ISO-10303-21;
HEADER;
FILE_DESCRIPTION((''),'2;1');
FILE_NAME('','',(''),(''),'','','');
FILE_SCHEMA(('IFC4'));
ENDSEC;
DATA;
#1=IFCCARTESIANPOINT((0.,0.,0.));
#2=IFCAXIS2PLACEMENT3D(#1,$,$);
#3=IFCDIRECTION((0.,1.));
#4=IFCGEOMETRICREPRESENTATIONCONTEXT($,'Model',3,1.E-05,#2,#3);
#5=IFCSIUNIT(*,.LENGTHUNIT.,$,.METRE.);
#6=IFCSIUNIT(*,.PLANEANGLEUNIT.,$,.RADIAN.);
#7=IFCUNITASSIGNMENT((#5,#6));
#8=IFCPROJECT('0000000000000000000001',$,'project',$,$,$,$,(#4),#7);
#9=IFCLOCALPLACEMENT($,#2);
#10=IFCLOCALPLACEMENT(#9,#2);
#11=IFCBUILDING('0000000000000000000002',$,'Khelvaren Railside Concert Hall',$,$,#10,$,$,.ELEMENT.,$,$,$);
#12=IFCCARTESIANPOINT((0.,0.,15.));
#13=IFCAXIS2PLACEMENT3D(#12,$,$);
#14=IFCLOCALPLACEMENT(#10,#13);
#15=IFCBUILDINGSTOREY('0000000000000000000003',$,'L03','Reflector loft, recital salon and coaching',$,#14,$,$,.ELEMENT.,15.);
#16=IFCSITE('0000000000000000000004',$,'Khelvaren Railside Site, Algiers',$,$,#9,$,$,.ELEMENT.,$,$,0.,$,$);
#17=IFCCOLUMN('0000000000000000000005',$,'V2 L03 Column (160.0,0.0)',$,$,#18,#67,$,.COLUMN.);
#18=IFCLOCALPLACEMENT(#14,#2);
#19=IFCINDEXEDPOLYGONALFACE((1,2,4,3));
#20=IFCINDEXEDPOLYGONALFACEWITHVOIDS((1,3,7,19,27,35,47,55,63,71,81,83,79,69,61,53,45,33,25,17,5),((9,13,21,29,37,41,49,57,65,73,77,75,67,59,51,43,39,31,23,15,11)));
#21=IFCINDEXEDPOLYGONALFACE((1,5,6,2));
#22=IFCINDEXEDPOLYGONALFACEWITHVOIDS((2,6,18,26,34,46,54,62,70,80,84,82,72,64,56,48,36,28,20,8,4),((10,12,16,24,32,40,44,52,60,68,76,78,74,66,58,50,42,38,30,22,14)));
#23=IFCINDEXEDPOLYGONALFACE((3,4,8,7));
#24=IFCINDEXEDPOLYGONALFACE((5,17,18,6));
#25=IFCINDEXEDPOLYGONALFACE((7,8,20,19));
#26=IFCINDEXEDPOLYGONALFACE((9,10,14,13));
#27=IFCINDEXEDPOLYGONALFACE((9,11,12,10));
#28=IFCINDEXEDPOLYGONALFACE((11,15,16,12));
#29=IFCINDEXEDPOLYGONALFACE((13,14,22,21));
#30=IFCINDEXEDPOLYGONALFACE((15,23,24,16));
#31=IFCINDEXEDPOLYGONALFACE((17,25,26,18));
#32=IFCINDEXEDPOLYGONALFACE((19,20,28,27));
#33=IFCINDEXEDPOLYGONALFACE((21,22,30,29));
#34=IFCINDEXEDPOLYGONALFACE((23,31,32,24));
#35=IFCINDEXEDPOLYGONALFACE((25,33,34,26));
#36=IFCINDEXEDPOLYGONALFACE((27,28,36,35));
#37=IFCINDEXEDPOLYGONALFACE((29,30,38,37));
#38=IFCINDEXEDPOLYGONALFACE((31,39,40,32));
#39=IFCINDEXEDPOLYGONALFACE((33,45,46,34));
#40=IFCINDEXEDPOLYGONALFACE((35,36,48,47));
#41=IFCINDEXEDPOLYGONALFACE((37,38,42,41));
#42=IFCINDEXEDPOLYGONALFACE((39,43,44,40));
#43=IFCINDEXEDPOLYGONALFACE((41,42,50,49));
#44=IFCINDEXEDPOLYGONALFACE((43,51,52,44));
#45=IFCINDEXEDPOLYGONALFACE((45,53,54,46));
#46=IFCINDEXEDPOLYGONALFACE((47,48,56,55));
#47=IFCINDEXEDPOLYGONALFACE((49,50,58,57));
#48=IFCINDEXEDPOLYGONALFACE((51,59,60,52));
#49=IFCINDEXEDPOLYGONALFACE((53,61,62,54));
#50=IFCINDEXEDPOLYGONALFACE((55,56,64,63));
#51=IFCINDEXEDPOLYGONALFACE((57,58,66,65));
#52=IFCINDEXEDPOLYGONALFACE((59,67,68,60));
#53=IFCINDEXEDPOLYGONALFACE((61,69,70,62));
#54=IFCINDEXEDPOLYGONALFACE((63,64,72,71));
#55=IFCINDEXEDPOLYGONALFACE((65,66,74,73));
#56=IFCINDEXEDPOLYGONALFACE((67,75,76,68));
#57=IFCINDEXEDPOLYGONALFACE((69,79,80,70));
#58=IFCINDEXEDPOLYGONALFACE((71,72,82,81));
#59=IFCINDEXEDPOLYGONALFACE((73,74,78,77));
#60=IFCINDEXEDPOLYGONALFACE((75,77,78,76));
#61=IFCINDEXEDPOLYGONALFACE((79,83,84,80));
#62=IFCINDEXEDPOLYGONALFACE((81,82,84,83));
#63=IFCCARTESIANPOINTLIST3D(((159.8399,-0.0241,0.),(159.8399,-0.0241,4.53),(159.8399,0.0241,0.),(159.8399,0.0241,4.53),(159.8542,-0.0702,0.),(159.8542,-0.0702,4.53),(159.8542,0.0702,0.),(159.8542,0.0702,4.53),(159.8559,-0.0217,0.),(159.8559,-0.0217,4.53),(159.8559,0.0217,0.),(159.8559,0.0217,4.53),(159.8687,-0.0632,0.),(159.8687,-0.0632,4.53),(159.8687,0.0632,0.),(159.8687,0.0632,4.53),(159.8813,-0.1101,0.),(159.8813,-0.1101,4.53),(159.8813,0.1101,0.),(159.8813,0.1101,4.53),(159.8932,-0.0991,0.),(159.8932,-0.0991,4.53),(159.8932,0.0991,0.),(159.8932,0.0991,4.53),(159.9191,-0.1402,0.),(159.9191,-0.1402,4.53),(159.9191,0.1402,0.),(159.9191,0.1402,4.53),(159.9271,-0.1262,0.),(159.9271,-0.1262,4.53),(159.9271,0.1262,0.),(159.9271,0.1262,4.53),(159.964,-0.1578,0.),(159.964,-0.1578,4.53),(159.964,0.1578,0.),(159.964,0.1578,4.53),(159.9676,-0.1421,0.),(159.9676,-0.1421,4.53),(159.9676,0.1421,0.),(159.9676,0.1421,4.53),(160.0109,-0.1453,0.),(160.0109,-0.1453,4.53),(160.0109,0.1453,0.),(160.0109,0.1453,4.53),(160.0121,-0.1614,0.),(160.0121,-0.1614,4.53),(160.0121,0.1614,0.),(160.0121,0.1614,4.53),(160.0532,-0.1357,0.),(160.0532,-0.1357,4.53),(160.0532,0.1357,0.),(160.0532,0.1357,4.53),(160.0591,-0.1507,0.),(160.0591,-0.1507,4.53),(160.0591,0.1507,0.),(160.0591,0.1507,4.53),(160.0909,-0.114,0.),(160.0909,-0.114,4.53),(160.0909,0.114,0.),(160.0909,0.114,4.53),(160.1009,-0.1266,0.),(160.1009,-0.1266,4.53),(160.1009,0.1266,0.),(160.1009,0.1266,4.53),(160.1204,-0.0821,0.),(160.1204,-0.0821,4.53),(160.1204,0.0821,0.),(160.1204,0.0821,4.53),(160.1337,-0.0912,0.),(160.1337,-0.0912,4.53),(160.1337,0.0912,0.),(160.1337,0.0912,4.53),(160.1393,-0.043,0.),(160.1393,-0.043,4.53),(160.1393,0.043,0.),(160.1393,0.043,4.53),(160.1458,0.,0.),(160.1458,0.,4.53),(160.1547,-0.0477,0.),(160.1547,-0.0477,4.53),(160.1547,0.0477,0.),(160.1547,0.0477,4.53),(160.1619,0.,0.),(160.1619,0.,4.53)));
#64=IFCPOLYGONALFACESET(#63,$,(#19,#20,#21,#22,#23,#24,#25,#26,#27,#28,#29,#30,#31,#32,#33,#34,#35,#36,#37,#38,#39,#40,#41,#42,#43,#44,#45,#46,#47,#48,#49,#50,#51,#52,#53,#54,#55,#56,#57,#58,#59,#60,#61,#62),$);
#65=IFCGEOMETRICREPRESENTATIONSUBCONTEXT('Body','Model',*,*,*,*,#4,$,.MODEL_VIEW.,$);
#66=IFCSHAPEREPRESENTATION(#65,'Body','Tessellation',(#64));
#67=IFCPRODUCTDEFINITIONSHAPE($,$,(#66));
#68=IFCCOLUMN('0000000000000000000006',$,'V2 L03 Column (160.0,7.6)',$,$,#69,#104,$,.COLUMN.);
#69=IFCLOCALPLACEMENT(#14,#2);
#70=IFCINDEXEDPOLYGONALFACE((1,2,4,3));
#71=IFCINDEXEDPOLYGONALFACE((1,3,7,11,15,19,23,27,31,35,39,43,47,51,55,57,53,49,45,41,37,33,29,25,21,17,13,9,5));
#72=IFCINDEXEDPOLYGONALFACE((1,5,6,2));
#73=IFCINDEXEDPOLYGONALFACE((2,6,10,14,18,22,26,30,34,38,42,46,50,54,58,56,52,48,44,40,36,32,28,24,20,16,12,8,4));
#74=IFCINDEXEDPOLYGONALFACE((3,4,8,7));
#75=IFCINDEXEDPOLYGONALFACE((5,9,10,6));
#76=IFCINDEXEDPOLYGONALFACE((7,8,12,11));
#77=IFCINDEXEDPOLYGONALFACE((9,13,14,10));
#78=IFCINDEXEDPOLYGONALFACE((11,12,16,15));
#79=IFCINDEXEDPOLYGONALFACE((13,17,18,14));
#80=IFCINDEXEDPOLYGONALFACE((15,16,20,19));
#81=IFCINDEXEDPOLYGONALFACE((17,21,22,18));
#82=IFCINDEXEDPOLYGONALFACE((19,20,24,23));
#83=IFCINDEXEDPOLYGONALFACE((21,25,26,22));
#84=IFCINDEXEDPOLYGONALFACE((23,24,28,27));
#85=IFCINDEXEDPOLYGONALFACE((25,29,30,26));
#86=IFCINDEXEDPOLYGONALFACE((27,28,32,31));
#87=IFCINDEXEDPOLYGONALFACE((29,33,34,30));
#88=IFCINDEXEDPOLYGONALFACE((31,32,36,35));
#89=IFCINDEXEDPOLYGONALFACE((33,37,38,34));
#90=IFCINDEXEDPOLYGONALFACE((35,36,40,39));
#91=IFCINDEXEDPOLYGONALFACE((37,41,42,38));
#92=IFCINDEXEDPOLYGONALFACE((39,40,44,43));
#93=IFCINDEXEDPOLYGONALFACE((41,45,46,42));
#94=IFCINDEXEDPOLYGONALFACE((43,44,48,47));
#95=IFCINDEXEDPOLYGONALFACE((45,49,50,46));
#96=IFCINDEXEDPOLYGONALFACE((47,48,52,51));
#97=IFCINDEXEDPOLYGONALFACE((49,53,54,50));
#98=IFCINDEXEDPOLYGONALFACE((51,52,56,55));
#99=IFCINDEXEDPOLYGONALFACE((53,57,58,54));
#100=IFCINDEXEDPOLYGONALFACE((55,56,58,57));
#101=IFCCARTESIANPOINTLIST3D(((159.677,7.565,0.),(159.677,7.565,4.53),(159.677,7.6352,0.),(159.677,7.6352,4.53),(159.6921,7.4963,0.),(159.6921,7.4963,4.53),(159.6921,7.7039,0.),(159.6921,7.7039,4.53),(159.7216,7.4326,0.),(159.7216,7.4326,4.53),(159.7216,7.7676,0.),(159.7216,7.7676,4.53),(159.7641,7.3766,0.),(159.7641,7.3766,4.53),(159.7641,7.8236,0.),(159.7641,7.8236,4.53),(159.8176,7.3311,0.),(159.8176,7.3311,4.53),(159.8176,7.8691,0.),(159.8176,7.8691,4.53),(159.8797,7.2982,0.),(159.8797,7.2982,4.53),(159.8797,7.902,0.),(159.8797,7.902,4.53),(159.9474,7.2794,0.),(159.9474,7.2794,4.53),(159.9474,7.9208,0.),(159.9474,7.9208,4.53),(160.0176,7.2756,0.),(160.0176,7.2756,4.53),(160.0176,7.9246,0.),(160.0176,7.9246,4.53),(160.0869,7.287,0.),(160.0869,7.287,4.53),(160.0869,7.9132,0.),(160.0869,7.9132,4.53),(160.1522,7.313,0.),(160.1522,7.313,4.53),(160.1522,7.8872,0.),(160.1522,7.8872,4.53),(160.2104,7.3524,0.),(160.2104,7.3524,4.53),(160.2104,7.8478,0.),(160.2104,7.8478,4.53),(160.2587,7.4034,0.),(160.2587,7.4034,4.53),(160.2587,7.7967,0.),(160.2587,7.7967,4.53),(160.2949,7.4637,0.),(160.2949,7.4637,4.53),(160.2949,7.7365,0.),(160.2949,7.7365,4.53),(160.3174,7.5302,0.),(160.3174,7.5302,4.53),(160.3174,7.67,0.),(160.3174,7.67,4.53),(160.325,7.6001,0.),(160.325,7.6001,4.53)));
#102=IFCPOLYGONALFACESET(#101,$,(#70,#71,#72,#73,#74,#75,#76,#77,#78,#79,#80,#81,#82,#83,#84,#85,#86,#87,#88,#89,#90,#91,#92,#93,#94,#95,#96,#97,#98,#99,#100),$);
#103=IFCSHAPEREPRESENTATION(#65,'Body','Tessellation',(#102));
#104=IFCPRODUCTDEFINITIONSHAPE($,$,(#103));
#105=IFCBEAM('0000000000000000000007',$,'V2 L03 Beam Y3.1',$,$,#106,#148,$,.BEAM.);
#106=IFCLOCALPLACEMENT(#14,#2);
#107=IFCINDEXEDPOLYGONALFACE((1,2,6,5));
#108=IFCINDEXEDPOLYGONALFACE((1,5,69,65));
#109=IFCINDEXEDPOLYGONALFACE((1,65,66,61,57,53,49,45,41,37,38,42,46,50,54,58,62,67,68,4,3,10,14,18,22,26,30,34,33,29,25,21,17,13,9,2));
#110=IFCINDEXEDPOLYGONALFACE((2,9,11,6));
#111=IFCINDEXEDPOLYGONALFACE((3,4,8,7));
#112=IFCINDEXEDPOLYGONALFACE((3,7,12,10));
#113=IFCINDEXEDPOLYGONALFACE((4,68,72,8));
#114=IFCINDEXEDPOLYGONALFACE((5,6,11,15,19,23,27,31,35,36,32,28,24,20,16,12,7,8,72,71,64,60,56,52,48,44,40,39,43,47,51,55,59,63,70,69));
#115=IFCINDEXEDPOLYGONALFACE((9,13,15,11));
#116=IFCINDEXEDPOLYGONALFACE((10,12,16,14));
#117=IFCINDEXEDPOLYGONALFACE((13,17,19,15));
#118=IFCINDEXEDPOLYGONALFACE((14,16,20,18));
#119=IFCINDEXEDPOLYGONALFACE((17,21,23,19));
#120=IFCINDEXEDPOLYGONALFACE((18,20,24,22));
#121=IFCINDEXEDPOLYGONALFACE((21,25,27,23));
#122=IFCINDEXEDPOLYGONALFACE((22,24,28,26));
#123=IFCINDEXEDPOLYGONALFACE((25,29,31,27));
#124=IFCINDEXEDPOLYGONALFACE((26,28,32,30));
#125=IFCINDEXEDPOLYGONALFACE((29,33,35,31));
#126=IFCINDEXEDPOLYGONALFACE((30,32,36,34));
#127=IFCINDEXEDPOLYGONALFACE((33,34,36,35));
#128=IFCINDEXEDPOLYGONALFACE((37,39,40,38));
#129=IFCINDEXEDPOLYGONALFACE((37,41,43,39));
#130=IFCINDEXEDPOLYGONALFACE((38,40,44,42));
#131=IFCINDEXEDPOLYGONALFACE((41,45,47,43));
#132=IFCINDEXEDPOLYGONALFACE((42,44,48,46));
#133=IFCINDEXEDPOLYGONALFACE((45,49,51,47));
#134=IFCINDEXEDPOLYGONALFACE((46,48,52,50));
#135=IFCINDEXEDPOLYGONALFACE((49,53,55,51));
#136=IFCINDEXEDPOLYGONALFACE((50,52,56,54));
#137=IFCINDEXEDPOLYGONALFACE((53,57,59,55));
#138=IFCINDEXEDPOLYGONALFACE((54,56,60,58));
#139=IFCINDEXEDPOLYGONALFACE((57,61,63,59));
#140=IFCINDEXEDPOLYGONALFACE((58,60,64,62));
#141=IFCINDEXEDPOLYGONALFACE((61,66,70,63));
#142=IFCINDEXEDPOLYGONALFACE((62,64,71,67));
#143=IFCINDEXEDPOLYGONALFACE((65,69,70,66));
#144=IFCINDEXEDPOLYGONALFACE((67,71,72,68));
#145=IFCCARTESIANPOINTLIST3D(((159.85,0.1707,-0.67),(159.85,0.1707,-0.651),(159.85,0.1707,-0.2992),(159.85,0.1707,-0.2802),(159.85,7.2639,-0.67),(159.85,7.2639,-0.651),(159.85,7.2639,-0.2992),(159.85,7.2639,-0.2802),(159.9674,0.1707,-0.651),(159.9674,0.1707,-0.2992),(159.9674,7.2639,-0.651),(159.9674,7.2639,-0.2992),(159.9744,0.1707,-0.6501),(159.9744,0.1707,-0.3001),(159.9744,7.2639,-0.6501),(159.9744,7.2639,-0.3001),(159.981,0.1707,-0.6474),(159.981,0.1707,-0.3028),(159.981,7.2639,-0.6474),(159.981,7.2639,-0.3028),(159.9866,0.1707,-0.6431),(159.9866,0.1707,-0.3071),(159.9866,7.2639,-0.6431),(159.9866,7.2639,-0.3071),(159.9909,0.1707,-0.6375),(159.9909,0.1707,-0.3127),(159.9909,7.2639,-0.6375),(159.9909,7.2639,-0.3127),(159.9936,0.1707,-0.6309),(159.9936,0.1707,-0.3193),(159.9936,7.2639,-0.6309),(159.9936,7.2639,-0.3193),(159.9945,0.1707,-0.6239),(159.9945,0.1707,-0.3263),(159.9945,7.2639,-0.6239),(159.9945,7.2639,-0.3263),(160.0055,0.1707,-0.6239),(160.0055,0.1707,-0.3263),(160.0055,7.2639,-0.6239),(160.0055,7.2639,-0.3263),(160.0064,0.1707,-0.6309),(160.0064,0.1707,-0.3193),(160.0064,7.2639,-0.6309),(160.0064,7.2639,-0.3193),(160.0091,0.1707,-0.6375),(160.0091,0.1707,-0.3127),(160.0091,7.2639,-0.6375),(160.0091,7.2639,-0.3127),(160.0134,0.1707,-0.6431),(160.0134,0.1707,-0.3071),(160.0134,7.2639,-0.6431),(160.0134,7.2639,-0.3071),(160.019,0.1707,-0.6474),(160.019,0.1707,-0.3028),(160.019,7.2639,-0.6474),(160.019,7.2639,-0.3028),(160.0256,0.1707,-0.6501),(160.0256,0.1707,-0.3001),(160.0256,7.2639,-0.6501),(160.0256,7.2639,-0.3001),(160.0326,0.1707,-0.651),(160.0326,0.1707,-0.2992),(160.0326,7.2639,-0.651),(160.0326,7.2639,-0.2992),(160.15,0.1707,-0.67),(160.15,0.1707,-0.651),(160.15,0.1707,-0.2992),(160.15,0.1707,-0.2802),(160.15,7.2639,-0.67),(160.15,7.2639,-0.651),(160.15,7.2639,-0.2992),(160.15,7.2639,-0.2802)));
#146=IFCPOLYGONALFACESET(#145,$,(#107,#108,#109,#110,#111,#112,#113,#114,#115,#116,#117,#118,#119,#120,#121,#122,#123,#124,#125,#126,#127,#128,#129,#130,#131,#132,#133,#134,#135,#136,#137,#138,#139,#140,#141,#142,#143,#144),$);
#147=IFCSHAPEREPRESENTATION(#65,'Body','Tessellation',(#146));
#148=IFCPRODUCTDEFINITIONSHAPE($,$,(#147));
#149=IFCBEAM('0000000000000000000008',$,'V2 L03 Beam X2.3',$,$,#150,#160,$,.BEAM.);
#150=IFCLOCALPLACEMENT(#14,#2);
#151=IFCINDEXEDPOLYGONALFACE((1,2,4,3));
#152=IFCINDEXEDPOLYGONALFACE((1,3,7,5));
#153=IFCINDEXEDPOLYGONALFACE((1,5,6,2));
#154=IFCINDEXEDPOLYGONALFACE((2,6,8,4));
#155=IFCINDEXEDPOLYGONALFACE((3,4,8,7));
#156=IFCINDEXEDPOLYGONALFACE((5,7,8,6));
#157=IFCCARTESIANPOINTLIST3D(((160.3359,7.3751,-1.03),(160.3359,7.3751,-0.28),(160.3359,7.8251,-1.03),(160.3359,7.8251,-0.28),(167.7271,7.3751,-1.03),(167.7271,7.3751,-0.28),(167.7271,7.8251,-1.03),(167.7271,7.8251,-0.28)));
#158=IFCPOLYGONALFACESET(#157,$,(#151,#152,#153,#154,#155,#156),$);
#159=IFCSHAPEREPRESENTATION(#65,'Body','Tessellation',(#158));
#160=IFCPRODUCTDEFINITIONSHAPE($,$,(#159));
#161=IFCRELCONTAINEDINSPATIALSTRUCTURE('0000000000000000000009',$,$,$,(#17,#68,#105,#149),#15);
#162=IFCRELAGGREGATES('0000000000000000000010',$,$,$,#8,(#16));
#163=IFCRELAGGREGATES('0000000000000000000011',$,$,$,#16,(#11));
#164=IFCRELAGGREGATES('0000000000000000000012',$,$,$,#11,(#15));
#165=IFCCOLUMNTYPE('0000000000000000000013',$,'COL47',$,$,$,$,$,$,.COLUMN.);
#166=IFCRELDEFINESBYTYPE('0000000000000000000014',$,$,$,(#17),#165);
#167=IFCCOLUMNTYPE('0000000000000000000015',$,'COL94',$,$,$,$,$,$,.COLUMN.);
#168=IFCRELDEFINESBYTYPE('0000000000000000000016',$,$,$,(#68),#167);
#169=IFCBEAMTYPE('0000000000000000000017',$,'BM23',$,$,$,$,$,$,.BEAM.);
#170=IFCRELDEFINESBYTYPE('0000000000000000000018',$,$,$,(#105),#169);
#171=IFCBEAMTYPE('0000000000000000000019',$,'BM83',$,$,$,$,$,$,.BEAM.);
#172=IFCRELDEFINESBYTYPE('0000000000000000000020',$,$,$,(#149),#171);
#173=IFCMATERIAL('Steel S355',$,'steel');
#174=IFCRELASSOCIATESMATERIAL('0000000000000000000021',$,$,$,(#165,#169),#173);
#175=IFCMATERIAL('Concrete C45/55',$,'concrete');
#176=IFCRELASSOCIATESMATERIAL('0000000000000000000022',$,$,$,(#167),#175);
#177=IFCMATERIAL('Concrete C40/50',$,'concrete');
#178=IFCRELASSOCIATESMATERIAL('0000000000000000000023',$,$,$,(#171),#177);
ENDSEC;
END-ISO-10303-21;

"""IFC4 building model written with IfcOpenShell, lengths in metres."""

from ifc_helpers import new_model, si_unit, direction, frame, origin, origin_2d, place, context, subcontext, project, spatial, rectangle, circle, hollow_circle, i_section, extrude, material, material_profile, profile_set, type_object, element, save


model = new_model("IFC4")

# Units and contexts
model_context = context("Model", 3, precision=1e-05, world=origin(), true_north=direction((0.0, 1.0)))
body_context = subcontext(model_context, "Body", "Model", "MODEL_VIEW")
ifc_project = project(units=[si_unit("LENGTHUNIT", "METRE"), si_unit("PLANEANGLEUNIT", "RADIAN")], contexts=[model_context])

# Site, building, storey
site_placement = place(None, origin())
site = spatial("IfcSite", under=ifc_project, at=site_placement, Name="Khelvaren Railside Site, Algiers", CompositionType="ELEMENT", RefElevation=0.0)
building_placement = place(site_placement, origin())
building = spatial("IfcBuilding", under=site, at=building_placement, Name="Khelvaren Railside Concert Hall", CompositionType="ELEMENT")
storey_placement = place(building_placement, frame((0.0, 0.0, 15.0)))
storey = spatial("IfcBuildingStorey", under=building, at=storey_placement, Name="L03", Description="Reflector loft, recital salon and coaching", CompositionType="ELEMENT", Elevation=15.0)

# Columns
ifc_material_1 = material(Name="Steel S355", Category="steel")
ifc_material_profile_1 = material_profile(ifc_material_1, hollow_circle(Radius=0.1619, WallThickness=0.0161, at=origin_2d()), Name="CHS 323.9x16")
ifc_profile_set_1 = profile_set([ifc_material_profile_1], Name="Steel S355")
column_type_1 = type_object("IfcColumnType", Name="COL47", PredefinedType="COLUMN", material=ifc_profile_set_1)
column_1_placement = place(storey_placement, frame((160.0, 0.0, 0.0), z_axis=(0.0, 0.0, 1.0), x_axis=(1.0, 0.0, 0.0)))
element("IfcColumn", 1, at=column_1_placement, inside=storey, type_object=column_type_1, Name="V2 L03 Column (160.0,0.0)", PredefinedType="COLUMN", context=body_context, shape_type="SweptSolid", body=[
    extrude(hollow_circle(Radius=0.1619, WallThickness=0.0161, at=origin_2d()), origin(), (0.0, 0.0, 1.0), 4.53),
])
ifc_material_2 = material(Name="Concrete C45/55", Category="concrete")
ifc_material_profile_2 = material_profile(ifc_material_2, circle(Radius=0.325, at=origin_2d()), Name="RC D650")
ifc_profile_set_2 = profile_set([ifc_material_profile_2], Name="Concrete C45/55")
column_type_2 = type_object("IfcColumnType", Name="COL94", PredefinedType="COLUMN", material=ifc_profile_set_2)
column_2_placement = place(storey_placement, frame((160.0, 7.6001, 0.0), z_axis=(0.0, 0.0, 1.0), x_axis=(1.0, 0.0, 0.0)))
element("IfcColumn", 2, at=column_2_placement, inside=storey, type_object=column_type_2, Name="V2 L03 Column (160.0,7.6)", PredefinedType="COLUMN", context=body_context, shape_type="SweptSolid", body=[
    extrude(circle(Radius=0.325, at=origin_2d()), origin(), (0.0, 0.0, 1.0), 4.53),
])

# Beams
ifc_material_profile_3 = material_profile(ifc_material_1, i_section(OverallWidth=0.3, OverallDepth=0.3899, WebThickness=0.011, FlangeThickness=0.019, FilletRadius=0.0271, at=origin_2d()), Name="HEA 400")
ifc_profile_set_3 = profile_set([ifc_material_profile_3], Name="Steel S355")
beam_type_1 = type_object("IfcBeamType", Name="BM23", PredefinedType="BEAM", material=ifc_profile_set_3)
beam_1_placement = place(storey_placement, frame((160.0, 0.1707, -0.4751), z_axis=(0.0, 1.0, 0.0), x_axis=(-1.0, 0.0, 0.0)))
element("IfcBeam", 3, at=beam_1_placement, inside=storey, type_object=beam_type_1, Name="V2 L03 Beam Y3.1", PredefinedType="BEAM", context=body_context, shape_type="SweptSolid", body=[
    extrude(i_section(OverallWidth=0.3, OverallDepth=0.3899, WebThickness=0.011, FlangeThickness=0.019, FilletRadius=0.0271, at=origin_2d()), origin(), (0.0, 0.0, 1.0), 7.0933),
])
ifc_material_3 = material(Name="Concrete C40/50", Category="concrete")
ifc_material_profile_4 = material_profile(ifc_material_3, rectangle(XDim=0.45, YDim=0.75, at=origin_2d()), Name="RCB 450x750")
ifc_profile_set_4 = profile_set([ifc_material_profile_4], Name="Concrete C40/50")
beam_type_2 = type_object("IfcBeamType", Name="BM83", PredefinedType="BEAM", material=ifc_profile_set_4)
beam_2_placement = place(storey_placement, frame((160.3359, 7.6001, -0.655), z_axis=(1.0, 0.0, 0.0), x_axis=(0.0, 1.0, 0.0)))
element("IfcBeam", 4, at=beam_2_placement, inside=storey, type_object=beam_type_2, Name="V2 L03 Beam X2.3", PredefinedType="BEAM", context=body_context, shape_type="SweptSolid", body=[
    extrude(rectangle(XDim=0.45, YDim=0.75, at=origin_2d()), origin(), (0.0, 0.0, 1.0), 7.3911),
])

save(model, "model.ifc")
